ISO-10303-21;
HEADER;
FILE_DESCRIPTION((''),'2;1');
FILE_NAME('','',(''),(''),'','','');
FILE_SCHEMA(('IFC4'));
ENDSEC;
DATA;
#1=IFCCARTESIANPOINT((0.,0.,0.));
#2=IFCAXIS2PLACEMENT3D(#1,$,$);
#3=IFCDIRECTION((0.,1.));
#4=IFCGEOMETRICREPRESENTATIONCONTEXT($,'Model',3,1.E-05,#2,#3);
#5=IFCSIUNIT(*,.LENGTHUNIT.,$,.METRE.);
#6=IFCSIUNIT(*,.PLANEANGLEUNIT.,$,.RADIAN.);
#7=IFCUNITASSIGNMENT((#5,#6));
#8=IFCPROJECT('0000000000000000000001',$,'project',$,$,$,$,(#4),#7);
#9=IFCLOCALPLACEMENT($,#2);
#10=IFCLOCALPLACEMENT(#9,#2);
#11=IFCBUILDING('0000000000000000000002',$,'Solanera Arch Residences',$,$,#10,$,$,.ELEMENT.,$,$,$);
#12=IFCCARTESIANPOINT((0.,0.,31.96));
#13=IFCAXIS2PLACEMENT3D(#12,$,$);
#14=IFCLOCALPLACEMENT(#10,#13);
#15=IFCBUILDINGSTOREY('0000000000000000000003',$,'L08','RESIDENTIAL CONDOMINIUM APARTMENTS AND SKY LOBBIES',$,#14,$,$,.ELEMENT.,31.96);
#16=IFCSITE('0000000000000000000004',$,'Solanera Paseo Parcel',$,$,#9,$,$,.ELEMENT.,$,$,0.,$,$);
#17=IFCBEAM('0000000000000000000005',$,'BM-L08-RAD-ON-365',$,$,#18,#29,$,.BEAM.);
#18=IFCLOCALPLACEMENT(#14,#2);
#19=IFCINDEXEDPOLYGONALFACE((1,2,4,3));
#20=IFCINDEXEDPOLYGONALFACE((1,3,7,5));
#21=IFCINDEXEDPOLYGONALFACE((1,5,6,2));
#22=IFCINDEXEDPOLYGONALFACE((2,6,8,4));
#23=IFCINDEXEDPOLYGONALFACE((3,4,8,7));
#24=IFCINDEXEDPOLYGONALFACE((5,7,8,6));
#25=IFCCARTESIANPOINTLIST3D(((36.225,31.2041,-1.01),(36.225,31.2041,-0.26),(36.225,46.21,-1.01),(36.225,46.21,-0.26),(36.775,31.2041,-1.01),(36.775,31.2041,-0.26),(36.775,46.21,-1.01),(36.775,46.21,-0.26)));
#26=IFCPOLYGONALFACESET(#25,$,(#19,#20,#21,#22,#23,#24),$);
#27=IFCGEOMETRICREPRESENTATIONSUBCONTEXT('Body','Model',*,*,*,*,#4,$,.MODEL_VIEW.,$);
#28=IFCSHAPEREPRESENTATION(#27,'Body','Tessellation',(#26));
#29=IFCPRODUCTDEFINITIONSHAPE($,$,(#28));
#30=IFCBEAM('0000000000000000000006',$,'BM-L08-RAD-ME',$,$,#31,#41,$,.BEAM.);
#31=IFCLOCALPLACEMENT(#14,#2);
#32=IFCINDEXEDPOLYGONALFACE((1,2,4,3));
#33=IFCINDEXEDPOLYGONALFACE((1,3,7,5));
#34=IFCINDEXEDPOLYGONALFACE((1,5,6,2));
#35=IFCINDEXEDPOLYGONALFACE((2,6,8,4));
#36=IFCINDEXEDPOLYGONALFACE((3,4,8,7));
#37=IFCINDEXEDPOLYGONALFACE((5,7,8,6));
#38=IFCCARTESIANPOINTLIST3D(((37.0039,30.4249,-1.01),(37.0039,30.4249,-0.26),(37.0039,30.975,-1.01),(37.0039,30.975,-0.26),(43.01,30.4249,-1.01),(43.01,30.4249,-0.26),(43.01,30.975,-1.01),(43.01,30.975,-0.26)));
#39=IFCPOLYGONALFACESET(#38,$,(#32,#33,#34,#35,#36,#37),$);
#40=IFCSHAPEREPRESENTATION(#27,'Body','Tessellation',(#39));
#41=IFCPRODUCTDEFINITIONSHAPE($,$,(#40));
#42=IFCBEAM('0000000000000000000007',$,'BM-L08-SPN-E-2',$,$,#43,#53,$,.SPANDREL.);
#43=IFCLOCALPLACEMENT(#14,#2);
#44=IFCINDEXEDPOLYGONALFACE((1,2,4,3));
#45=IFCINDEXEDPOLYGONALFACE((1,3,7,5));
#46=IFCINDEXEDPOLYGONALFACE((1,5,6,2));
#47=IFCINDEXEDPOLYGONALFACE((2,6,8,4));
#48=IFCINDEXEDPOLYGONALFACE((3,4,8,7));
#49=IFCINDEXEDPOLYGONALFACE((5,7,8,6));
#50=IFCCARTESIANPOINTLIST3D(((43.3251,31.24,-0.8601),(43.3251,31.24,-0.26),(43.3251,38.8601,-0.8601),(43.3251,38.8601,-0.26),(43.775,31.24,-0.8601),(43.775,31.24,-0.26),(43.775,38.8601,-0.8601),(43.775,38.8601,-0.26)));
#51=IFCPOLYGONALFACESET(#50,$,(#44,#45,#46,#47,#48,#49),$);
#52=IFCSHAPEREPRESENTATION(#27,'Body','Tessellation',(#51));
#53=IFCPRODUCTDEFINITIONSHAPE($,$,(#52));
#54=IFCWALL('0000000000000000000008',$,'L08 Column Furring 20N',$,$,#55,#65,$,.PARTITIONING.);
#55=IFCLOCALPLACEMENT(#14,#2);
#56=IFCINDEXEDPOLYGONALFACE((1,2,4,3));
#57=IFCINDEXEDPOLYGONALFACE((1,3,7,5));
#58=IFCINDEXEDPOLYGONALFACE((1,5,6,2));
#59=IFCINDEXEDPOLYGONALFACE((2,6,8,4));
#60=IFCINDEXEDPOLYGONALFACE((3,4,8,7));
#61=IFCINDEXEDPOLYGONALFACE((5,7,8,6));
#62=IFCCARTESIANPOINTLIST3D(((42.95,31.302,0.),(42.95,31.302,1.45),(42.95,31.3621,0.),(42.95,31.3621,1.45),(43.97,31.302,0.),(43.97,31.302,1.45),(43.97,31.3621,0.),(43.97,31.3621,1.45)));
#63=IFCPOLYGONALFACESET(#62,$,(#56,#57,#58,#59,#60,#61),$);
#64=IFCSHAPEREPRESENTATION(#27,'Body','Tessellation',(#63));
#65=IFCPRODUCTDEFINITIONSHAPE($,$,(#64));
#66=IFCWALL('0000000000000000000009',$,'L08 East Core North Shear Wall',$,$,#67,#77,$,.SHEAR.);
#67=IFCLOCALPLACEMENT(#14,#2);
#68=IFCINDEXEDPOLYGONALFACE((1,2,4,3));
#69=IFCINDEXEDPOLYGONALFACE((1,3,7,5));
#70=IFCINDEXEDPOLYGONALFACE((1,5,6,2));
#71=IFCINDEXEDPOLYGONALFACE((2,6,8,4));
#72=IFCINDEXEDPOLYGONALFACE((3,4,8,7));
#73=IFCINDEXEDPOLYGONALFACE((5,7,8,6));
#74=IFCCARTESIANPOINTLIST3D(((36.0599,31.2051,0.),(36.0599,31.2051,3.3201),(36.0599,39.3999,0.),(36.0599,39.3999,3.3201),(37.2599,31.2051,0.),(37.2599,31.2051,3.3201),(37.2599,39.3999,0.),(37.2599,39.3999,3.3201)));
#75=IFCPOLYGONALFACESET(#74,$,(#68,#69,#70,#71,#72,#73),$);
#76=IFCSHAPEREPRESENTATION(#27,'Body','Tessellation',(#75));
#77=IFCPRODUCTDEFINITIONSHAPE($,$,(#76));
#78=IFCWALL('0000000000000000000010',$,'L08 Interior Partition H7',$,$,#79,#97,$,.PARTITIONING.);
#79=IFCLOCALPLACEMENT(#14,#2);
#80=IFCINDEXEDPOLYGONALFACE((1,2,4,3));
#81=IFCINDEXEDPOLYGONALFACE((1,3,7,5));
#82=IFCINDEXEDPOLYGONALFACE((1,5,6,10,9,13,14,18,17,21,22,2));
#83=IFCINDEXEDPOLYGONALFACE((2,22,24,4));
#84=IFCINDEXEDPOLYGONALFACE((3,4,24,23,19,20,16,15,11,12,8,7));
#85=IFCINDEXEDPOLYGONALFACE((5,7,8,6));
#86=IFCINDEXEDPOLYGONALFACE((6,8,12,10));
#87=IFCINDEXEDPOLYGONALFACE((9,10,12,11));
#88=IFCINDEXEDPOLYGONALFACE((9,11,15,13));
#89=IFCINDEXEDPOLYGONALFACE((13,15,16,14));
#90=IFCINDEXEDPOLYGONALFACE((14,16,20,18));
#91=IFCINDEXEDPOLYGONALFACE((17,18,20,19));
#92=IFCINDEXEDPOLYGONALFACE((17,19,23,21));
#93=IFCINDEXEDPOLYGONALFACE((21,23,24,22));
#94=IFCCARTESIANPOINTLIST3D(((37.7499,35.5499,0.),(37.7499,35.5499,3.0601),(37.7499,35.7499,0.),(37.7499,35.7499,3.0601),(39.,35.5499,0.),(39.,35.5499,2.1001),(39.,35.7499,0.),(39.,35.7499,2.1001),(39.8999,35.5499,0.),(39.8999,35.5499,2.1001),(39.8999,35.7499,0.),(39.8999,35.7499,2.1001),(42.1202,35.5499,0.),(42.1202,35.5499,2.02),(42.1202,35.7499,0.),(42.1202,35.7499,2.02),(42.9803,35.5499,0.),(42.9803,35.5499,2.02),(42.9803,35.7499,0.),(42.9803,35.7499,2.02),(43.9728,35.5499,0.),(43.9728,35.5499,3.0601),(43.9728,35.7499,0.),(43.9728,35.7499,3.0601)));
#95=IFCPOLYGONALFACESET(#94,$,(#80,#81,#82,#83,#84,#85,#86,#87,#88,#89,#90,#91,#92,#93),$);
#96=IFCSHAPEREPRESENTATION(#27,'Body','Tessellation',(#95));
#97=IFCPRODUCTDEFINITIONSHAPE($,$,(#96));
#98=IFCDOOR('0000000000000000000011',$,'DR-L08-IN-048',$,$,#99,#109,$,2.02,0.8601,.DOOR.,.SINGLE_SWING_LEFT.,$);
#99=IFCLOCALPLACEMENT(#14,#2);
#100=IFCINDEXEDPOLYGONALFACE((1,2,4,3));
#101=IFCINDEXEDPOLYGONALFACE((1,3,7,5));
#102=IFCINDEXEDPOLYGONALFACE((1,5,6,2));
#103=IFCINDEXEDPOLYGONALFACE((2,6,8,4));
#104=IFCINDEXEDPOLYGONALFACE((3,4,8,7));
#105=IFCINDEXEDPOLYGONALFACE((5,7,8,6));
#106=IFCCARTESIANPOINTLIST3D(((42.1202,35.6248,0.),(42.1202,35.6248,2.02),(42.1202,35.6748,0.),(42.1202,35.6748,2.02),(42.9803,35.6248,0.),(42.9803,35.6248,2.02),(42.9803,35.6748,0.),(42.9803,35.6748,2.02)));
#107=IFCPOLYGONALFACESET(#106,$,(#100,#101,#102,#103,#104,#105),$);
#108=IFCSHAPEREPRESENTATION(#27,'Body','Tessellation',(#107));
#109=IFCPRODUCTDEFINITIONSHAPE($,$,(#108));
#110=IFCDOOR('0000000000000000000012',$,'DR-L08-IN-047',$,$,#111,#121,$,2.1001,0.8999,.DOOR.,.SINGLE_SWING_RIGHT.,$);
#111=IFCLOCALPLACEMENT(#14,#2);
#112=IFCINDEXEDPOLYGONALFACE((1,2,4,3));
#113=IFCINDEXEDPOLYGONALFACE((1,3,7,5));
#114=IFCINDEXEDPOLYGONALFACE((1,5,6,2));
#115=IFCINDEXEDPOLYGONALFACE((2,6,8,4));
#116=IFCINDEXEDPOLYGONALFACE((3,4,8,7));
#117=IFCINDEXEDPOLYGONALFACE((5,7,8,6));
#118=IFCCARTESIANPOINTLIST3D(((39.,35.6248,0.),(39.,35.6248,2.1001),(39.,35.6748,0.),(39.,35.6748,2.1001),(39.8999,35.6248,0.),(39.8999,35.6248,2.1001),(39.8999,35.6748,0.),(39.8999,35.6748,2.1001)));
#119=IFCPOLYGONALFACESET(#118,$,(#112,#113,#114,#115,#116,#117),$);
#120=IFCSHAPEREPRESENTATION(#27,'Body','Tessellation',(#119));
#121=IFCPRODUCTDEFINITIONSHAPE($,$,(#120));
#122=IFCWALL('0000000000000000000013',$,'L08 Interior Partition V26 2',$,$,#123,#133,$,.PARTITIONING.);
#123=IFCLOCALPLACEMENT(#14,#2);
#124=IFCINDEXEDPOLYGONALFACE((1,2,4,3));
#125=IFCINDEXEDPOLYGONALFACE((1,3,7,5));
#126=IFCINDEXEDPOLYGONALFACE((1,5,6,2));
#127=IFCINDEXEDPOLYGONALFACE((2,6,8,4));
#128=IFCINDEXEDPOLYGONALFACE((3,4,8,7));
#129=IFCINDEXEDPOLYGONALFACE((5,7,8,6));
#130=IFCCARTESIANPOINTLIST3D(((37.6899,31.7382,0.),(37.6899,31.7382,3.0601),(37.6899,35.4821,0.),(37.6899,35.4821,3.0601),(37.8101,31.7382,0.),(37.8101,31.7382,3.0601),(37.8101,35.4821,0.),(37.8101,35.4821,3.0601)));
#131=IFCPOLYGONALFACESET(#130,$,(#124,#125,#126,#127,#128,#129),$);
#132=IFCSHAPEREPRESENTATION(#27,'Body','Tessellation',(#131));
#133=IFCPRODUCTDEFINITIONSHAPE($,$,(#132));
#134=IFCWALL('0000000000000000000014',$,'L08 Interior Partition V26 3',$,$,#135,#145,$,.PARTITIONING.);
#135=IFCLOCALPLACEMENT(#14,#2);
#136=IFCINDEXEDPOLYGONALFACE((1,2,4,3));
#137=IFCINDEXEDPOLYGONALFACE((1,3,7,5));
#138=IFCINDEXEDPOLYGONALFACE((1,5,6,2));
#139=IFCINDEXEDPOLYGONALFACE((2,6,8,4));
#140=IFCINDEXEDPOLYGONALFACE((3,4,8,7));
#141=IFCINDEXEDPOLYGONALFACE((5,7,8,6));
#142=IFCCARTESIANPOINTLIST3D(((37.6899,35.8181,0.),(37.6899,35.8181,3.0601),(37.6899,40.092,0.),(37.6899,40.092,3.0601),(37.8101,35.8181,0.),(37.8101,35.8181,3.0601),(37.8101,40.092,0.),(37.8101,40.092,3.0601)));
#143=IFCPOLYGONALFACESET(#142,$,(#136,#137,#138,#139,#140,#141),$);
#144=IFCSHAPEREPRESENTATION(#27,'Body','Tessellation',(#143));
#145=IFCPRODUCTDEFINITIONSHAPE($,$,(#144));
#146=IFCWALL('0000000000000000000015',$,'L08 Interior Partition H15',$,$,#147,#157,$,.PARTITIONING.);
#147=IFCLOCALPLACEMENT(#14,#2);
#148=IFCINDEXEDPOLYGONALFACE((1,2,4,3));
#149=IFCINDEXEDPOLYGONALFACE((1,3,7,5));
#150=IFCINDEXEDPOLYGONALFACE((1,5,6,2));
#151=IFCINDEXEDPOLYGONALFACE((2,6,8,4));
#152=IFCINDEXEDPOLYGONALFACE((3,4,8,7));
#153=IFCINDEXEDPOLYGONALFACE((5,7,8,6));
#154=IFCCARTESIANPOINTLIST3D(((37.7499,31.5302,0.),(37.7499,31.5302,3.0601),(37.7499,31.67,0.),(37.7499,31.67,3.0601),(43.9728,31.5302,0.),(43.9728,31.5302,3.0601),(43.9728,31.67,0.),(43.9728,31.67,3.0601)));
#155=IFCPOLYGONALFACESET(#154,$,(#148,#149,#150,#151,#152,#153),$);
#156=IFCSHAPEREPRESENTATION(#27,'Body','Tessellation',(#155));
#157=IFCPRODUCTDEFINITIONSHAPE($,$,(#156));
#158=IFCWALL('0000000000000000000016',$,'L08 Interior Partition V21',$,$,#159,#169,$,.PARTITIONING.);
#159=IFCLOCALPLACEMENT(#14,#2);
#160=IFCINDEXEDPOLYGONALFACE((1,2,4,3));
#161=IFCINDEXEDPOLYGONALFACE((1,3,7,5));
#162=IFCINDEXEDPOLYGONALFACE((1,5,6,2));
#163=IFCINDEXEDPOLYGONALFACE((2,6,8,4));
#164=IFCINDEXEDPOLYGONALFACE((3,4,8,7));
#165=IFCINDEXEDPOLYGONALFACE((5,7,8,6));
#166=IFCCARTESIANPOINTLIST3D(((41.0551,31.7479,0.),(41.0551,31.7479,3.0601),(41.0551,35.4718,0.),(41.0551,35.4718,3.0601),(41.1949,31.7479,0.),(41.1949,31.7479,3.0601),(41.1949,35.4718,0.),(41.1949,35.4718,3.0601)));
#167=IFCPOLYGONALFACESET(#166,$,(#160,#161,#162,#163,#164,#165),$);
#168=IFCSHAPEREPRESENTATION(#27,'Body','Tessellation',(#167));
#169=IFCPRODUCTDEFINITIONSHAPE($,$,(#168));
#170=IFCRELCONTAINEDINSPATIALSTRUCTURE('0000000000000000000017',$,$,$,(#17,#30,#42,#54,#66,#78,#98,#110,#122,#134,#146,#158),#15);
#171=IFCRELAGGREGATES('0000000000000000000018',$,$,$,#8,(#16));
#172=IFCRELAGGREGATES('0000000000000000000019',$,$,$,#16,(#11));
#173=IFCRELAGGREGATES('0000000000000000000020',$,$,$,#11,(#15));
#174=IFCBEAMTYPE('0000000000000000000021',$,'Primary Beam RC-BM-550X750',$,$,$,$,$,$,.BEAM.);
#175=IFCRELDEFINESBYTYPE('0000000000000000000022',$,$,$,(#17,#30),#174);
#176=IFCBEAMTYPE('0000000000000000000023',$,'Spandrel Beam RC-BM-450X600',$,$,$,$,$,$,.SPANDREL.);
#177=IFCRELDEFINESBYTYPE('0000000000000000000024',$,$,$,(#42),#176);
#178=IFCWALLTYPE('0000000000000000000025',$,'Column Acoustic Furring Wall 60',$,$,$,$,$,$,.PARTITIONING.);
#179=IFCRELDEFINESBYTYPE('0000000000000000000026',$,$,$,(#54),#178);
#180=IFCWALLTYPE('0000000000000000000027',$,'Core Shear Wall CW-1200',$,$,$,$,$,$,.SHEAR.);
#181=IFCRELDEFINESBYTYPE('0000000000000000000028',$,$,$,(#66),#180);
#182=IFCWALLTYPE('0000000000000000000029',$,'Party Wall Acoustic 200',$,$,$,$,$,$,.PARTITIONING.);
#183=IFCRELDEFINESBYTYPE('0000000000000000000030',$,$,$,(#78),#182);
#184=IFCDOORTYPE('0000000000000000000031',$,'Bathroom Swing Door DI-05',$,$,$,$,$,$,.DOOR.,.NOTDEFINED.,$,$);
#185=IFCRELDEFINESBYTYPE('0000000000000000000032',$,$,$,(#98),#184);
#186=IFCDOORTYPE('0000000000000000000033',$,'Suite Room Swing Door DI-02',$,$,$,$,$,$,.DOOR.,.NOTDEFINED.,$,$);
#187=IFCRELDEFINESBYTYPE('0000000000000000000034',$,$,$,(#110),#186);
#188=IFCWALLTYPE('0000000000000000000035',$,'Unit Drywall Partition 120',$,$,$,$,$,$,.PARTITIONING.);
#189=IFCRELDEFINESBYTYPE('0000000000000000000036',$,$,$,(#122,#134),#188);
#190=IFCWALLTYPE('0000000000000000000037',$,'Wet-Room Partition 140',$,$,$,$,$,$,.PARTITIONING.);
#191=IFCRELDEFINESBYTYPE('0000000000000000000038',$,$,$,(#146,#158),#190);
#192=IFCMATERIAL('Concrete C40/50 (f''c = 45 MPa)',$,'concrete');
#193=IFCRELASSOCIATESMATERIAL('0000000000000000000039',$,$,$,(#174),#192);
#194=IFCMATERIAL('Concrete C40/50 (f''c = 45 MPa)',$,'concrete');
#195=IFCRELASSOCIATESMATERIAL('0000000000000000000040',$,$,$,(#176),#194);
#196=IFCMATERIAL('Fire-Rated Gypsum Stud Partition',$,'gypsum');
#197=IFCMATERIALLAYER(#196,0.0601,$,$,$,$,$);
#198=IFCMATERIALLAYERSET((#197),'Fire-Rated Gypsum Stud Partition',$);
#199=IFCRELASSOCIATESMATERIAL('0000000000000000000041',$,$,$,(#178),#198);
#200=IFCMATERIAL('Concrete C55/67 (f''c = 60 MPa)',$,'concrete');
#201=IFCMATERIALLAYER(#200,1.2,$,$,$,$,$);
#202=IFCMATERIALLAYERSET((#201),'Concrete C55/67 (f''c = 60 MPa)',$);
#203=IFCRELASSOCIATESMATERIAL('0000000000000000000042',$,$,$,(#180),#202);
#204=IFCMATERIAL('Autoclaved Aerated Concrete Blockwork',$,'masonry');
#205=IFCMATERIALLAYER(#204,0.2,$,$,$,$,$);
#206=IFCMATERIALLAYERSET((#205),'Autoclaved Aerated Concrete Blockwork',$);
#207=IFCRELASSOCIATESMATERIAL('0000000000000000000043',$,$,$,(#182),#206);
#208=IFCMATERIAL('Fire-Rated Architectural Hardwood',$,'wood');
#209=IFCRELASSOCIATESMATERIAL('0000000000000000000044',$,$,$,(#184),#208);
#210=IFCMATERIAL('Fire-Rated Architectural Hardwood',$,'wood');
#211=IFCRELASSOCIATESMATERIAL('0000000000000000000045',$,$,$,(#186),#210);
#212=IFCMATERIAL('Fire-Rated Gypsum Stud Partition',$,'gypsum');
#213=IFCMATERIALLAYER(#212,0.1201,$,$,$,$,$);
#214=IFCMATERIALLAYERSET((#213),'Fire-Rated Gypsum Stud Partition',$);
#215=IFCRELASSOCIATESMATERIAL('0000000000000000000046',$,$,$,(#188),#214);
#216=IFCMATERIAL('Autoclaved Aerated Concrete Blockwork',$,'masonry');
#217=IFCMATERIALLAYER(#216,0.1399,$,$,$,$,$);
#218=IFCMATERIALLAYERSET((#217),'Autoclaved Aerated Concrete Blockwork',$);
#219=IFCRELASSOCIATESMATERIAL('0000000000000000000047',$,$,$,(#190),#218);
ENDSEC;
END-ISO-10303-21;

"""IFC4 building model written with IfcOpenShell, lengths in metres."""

from ifc_helpers import new_model, si_unit, direction, frame, frame_2d, origin, origin_2d, place, context, subcontext, project, spatial, rectangle, extrude, material, layer, layer_set, material_profile, profile_set, type_object, element, fill, save


model = new_model("IFC4")

# Units and contexts
model_context = context("Model", 3, precision=1e-05, world=origin(), true_north=direction((0.0, 1.0)))
body_context = subcontext(model_context, "Body", "Model", "MODEL_VIEW")
ifc_project = project(units=[si_unit("LENGTHUNIT", "METRE"), si_unit("PLANEANGLEUNIT", "RADIAN")], contexts=[model_context])

# Site, building, storey
site_placement = place(None, origin())
site = spatial("IfcSite", under=ifc_project, at=site_placement, Name="Solanera Paseo Parcel", CompositionType="ELEMENT", RefElevation=0.0)
building_placement = place(site_placement, origin())
building = spatial("IfcBuilding", under=site, at=building_placement, Name="Solanera Arch Residences", CompositionType="ELEMENT")
storey_placement = place(building_placement, frame((0.0, 0.0, 31.96)))
storey = spatial("IfcBuildingStorey", under=building, at=storey_placement, Name="L08", Description="RESIDENTIAL CONDOMINIUM APARTMENTS AND SKY LOBBIES", CompositionType="ELEMENT", Elevation=31.96)

# Beams
ifc_material_1 = material(Name="Concrete C40/50 (f'c = 45 MPa)", Category="concrete")
ifc_material_profile_1 = material_profile(ifc_material_1, rectangle(XDim=0.55, YDim=0.75, at=origin_2d()))
ifc_profile_set_1 = profile_set([ifc_material_profile_1], Name="Concrete C40/50 (f'c = 45 MPa)")
beam_type_1 = type_object("IfcBeamType", Name="Primary Beam RC-BM-550X750", PredefinedType="BEAM", material=ifc_profile_set_1)
beam_1_placement = place(storey_placement, frame((36.5, 31.2041, -0.635), z_axis=(0.0, 1.0, 0.0), x_axis=(-1.0, 0.0, 0.0)))
element("IfcBeam", 1, at=beam_1_placement, inside=storey, type_object=beam_type_1, Name="BM-L08-RAD-ON-365", PredefinedType="BEAM", context=body_context, shape_type="SweptSolid", body=[
    extrude(rectangle(XDim=0.55, YDim=0.75, at=origin_2d()), origin(), (0.0, 0.0, 1.0), 15.0059),
])
beam_2_placement = place(storey_placement, frame((37.0039, 30.7, -0.635), z_axis=(1.0, 0.0, 0.0), x_axis=(0.0, 1.0, 0.0)))
element("IfcBeam", 2, at=beam_2_placement, inside=storey, type_object=beam_type_1, Name="BM-L08-RAD-ME", PredefinedType="BEAM", context=body_context, shape_type="SweptSolid", body=[
    extrude(rectangle(XDim=0.55, YDim=0.75, at=origin_2d()), origin(), (0.0, 0.0, 1.0), 6.0061),
])
ifc_material_2 = material(Name="Concrete C40/50 (f'c = 45 MPa)", Category="concrete")
ifc_material_profile_2 = material_profile(ifc_material_2, rectangle(XDim=0.45, YDim=0.6001, at=origin_2d()))
ifc_profile_set_2 = profile_set([ifc_material_profile_2], Name="Concrete C40/50 (f'c = 45 MPa)")
beam_type_2 = type_object("IfcBeamType", Name="Spandrel Beam RC-BM-450X600", PredefinedType="SPANDREL", material=ifc_profile_set_2)
beam_3_placement = place(storey_placement, frame((43.55, 31.24, -0.5601), z_axis=(0.0, 1.0, 0.0), x_axis=(-1.0, 0.0, 0.0)))
element("IfcBeam", 3, at=beam_3_placement, inside=storey, type_object=beam_type_2, Name="BM-L08-SPN-E-2", PredefinedType="SPANDREL", context=body_context, shape_type="SweptSolid", body=[
    extrude(rectangle(XDim=0.45, YDim=0.6001, at=origin_2d()), origin(), (0.0, 0.0, 1.0), 7.6201),
])

# Walls
ifc_material_3 = material(Name="Fire-Rated Gypsum Stud Partition", Category="gypsum")
ifc_layer_1 = layer(ifc_material_3, 0.0601)
ifc_layer_set_1 = layer_set([ifc_layer_1], Name="Fire-Rated Gypsum Stud Partition")
wall_type_1 = type_object("IfcWallType", Name="Column Acoustic Furring Wall 60", PredefinedType="PARTITIONING", material=ifc_layer_set_1)
wall_1_placement = place(storey_placement, frame((42.95, 31.332, 0.0), z_axis=(0.0, 0.0, 1.0), x_axis=(1.0, 0.0, 0.0)))
element("IfcWall", 4, at=wall_1_placement, inside=storey, type_object=wall_type_1, Name="L08 Column Furring 20N", PredefinedType="PARTITIONING", context=body_context, shape_type="SweptSolid", body=[
    extrude(rectangle(XDim=1.02, YDim=0.0601, at=frame_2d((0.51, 0.0))), origin(), (0.0, 0.0, 1.0), 1.45),
])
ifc_material_4 = material(Name="Concrete C55/67 (f'c = 60 MPa)", Category="concrete")
ifc_layer_2 = layer(ifc_material_4, 1.2)
ifc_layer_set_2 = layer_set([ifc_layer_2], Name="Concrete C55/67 (f'c = 60 MPa)")
wall_type_2 = type_object("IfcWallType", Name="Core Shear Wall CW-1200", PredefinedType="SHEAR", material=ifc_layer_set_2)
wall_2_placement = place(storey_placement, frame((36.6599, 31.2051, 0.0), z_axis=(0.0, 0.0, 1.0), x_axis=(0.0, 1.0, 0.0)))
element("IfcWall", 5, at=wall_2_placement, inside=storey, type_object=wall_type_2, Name="L08 East Core North Shear Wall", PredefinedType="SHEAR", context=body_context, shape_type="SweptSolid", body=[
    extrude(rectangle(XDim=8.1948, YDim=1.2, at=frame_2d((4.0974, 0.0))), origin(), (0.0, 0.0, 1.0), 3.3201),
])

# Wall, openings, doors
ifc_material_5 = material(Name="Autoclaved Aerated Concrete Blockwork", Category="masonry")
ifc_layer_3 = layer(ifc_material_5, 0.2)
ifc_layer_set_3 = layer_set([ifc_layer_3], Name="Autoclaved Aerated Concrete Blockwork")
wall_type_3 = type_object("IfcWallType", Name="Party Wall Acoustic 200", PredefinedType="PARTITIONING", material=ifc_layer_set_3)
wall_3_placement = place(storey_placement, frame((37.75, 35.6499, 0.0), z_axis=(0.0, 0.0, 1.0), x_axis=(1.0, 0.0, 0.0)))
wall_3 = element("IfcWall", 6, at=wall_3_placement, inside=storey, type_object=wall_type_3, Name="L08 Interior Partition H7", PredefinedType="PARTITIONING", context=body_context, shape_type="SweptSolid", body=[
    extrude(rectangle(XDim=6.2229, YDim=0.2, at=frame_2d((3.1113, 0.0))), origin(), (0.0, 0.0, 1.0), 3.0601),
])
opening_1_placement = place(wall_3_placement, frame((1.25, 0.0, 0.0)))
opening_1 = element("IfcOpeningElement", 7, at=opening_1_placement, cuts=wall_3, PredefinedType="OPENING", context=body_context, shape_type="SweptSolid", body=[
    extrude(rectangle(XDim=0.8999, YDim=2.1001, at=frame_2d((0.45, 1.05))), frame((0.0, 0.1101, 0.0), z_axis=(0.0, -1.0, 0.0), x_axis=(1.0, 0.0, 0.0)), (0.0, 0.0, 1.0), 0.22),
])
opening_2_placement = place(wall_3_placement, frame((4.3701, 0.0, 0.0)))
opening_2 = element("IfcOpeningElement", 8, at=opening_2_placement, cuts=wall_3, PredefinedType="OPENING", context=body_context, shape_type="SweptSolid", body=[
    extrude(rectangle(XDim=0.8601, YDim=2.02, at=frame_2d((0.4302, 1.01))), frame((0.0, 0.1101, 0.0), z_axis=(0.0, -1.0, 0.0), x_axis=(1.0, 0.0, 0.0)), (0.0, 0.0, 1.0), 0.22),
])
ifc_material_6 = material(Name="Fire-Rated Architectural Hardwood", Category="wood")
door_type_1 = type_object("IfcDoorType", Name="Bathroom Swing Door DI-05", OperationType="NOTDEFINED", PredefinedType="DOOR", material=ifc_material_6)
door_1_placement = place(opening_2_placement, origin())
door_1 = element("IfcDoor", 9, at=door_1_placement, inside=storey, type_object=door_type_1, Name="DR-L08-IN-048", OperationType="SINGLE_SWING_LEFT", OverallHeight=2.02, OverallWidth=0.8601, PredefinedType="DOOR", context=body_context, shape_type="SweptSolid", body=[
    extrude(rectangle(XDim=0.8601, YDim=2.02, at=frame_2d((0.4302, 1.01))), frame((0.0, 0.0249, 0.0), z_axis=(0.0, -1.0, 0.0), x_axis=(1.0, 0.0, 0.0)), (0.0, 0.0, 1.0), 0.05),
])
fill(opening_2, door_1)
ifc_material_7 = material(Name="Fire-Rated Architectural Hardwood", Category="wood")
door_type_2 = type_object("IfcDoorType", Name="Suite Room Swing Door DI-02", OperationType="NOTDEFINED", PredefinedType="DOOR", material=ifc_material_7)
door_2_placement = place(opening_1_placement, origin())
door_2 = element("IfcDoor", 10, at=door_2_placement, inside=storey, type_object=door_type_2, Name="DR-L08-IN-047", OperationType="SINGLE_SWING_RIGHT", OverallHeight=2.1001, OverallWidth=0.8999, PredefinedType="DOOR", context=body_context, shape_type="SweptSolid", body=[
    extrude(rectangle(XDim=0.8999, YDim=2.1001, at=frame_2d((0.45, 1.05))), frame((0.0, 0.0249, 0.0), z_axis=(0.0, -1.0, 0.0), x_axis=(1.0, 0.0, 0.0)), (0.0, 0.0, 1.0), 0.05),
])
fill(opening_1, door_2)

# Walls
ifc_material_8 = material(Name="Fire-Rated Gypsum Stud Partition", Category="gypsum")
ifc_layer_4 = layer(ifc_material_8, 0.1201)
ifc_layer_set_4 = layer_set([ifc_layer_4], Name="Fire-Rated Gypsum Stud Partition")
wall_type_4 = type_object("IfcWallType", Name="Unit Drywall Partition 120", PredefinedType="PARTITIONING", material=ifc_layer_set_4)
wall_4_placement = place(storey_placement, frame((37.75, 31.738, 0.0), z_axis=(0.0, 0.0, 1.0), x_axis=(0.0, 1.0, 0.0)))
element("IfcWall", 11, at=wall_4_placement, inside=storey, type_object=wall_type_4, Name="L08 Interior Partition V26 2", PredefinedType="PARTITIONING", context=body_context, shape_type="SweptSolid", body=[
    extrude(rectangle(XDim=3.7439, YDim=0.1201, at=frame_2d((1.8721, 0.0))), origin(), (0.0, 0.0, 1.0), 3.0601),
])
wall_5_placement = place(storey_placement, frame((37.75, 35.8181, 0.0), z_axis=(0.0, 0.0, 1.0), x_axis=(0.0, 1.0, 0.0)))
element("IfcWall", 12, at=wall_5_placement, inside=storey, type_object=wall_type_4, Name="L08 Interior Partition V26 3", PredefinedType="PARTITIONING", context=body_context, shape_type="SweptSolid", body=[
    extrude(rectangle(XDim=4.2739, YDim=0.1201, at=frame_2d((2.137, 0.0))), origin(), (0.0, 0.0, 1.0), 3.0601),
])
ifc_material_9 = material(Name="Autoclaved Aerated Concrete Blockwork", Category="masonry")
ifc_layer_5 = layer(ifc_material_9, 0.1399)
ifc_layer_set_5 = layer_set([ifc_layer_5], Name="Autoclaved Aerated Concrete Blockwork")
wall_type_5 = type_object("IfcWallType", Name="Wet-Room Partition 140", PredefinedType="PARTITIONING", material=ifc_layer_set_5)
wall_6_placement = place(storey_placement, frame((37.75, 31.6001, 0.0), z_axis=(0.0, 0.0, 1.0), x_axis=(1.0, 0.0, 0.0)))
element("IfcWall", 13, at=wall_6_placement, inside=storey, type_object=wall_type_5, Name="L08 Interior Partition H15", PredefinedType="PARTITIONING", context=body_context, shape_type="SweptSolid", body=[
    extrude(rectangle(XDim=6.2229, YDim=0.1399, at=frame_2d((3.1113, 0.0))), origin(), (0.0, 0.0, 1.0), 3.0601),
])
wall_7_placement = place(storey_placement, frame((41.125, 31.748, 0.0), z_axis=(0.0, 0.0, 1.0), x_axis=(0.0, 1.0, 0.0)))
element("IfcWall", 14, at=wall_7_placement, inside=storey, type_object=wall_type_5, Name="L08 Interior Partition V21", PredefinedType="PARTITIONING", context=body_context, shape_type="SweptSolid", body=[
    extrude(rectangle(XDim=3.7239, YDim=0.1399, at=frame_2d((1.8618, 0.0))), origin(), (0.0, 0.0, 1.0), 3.0601),
])

save(model, "model.ifc")
